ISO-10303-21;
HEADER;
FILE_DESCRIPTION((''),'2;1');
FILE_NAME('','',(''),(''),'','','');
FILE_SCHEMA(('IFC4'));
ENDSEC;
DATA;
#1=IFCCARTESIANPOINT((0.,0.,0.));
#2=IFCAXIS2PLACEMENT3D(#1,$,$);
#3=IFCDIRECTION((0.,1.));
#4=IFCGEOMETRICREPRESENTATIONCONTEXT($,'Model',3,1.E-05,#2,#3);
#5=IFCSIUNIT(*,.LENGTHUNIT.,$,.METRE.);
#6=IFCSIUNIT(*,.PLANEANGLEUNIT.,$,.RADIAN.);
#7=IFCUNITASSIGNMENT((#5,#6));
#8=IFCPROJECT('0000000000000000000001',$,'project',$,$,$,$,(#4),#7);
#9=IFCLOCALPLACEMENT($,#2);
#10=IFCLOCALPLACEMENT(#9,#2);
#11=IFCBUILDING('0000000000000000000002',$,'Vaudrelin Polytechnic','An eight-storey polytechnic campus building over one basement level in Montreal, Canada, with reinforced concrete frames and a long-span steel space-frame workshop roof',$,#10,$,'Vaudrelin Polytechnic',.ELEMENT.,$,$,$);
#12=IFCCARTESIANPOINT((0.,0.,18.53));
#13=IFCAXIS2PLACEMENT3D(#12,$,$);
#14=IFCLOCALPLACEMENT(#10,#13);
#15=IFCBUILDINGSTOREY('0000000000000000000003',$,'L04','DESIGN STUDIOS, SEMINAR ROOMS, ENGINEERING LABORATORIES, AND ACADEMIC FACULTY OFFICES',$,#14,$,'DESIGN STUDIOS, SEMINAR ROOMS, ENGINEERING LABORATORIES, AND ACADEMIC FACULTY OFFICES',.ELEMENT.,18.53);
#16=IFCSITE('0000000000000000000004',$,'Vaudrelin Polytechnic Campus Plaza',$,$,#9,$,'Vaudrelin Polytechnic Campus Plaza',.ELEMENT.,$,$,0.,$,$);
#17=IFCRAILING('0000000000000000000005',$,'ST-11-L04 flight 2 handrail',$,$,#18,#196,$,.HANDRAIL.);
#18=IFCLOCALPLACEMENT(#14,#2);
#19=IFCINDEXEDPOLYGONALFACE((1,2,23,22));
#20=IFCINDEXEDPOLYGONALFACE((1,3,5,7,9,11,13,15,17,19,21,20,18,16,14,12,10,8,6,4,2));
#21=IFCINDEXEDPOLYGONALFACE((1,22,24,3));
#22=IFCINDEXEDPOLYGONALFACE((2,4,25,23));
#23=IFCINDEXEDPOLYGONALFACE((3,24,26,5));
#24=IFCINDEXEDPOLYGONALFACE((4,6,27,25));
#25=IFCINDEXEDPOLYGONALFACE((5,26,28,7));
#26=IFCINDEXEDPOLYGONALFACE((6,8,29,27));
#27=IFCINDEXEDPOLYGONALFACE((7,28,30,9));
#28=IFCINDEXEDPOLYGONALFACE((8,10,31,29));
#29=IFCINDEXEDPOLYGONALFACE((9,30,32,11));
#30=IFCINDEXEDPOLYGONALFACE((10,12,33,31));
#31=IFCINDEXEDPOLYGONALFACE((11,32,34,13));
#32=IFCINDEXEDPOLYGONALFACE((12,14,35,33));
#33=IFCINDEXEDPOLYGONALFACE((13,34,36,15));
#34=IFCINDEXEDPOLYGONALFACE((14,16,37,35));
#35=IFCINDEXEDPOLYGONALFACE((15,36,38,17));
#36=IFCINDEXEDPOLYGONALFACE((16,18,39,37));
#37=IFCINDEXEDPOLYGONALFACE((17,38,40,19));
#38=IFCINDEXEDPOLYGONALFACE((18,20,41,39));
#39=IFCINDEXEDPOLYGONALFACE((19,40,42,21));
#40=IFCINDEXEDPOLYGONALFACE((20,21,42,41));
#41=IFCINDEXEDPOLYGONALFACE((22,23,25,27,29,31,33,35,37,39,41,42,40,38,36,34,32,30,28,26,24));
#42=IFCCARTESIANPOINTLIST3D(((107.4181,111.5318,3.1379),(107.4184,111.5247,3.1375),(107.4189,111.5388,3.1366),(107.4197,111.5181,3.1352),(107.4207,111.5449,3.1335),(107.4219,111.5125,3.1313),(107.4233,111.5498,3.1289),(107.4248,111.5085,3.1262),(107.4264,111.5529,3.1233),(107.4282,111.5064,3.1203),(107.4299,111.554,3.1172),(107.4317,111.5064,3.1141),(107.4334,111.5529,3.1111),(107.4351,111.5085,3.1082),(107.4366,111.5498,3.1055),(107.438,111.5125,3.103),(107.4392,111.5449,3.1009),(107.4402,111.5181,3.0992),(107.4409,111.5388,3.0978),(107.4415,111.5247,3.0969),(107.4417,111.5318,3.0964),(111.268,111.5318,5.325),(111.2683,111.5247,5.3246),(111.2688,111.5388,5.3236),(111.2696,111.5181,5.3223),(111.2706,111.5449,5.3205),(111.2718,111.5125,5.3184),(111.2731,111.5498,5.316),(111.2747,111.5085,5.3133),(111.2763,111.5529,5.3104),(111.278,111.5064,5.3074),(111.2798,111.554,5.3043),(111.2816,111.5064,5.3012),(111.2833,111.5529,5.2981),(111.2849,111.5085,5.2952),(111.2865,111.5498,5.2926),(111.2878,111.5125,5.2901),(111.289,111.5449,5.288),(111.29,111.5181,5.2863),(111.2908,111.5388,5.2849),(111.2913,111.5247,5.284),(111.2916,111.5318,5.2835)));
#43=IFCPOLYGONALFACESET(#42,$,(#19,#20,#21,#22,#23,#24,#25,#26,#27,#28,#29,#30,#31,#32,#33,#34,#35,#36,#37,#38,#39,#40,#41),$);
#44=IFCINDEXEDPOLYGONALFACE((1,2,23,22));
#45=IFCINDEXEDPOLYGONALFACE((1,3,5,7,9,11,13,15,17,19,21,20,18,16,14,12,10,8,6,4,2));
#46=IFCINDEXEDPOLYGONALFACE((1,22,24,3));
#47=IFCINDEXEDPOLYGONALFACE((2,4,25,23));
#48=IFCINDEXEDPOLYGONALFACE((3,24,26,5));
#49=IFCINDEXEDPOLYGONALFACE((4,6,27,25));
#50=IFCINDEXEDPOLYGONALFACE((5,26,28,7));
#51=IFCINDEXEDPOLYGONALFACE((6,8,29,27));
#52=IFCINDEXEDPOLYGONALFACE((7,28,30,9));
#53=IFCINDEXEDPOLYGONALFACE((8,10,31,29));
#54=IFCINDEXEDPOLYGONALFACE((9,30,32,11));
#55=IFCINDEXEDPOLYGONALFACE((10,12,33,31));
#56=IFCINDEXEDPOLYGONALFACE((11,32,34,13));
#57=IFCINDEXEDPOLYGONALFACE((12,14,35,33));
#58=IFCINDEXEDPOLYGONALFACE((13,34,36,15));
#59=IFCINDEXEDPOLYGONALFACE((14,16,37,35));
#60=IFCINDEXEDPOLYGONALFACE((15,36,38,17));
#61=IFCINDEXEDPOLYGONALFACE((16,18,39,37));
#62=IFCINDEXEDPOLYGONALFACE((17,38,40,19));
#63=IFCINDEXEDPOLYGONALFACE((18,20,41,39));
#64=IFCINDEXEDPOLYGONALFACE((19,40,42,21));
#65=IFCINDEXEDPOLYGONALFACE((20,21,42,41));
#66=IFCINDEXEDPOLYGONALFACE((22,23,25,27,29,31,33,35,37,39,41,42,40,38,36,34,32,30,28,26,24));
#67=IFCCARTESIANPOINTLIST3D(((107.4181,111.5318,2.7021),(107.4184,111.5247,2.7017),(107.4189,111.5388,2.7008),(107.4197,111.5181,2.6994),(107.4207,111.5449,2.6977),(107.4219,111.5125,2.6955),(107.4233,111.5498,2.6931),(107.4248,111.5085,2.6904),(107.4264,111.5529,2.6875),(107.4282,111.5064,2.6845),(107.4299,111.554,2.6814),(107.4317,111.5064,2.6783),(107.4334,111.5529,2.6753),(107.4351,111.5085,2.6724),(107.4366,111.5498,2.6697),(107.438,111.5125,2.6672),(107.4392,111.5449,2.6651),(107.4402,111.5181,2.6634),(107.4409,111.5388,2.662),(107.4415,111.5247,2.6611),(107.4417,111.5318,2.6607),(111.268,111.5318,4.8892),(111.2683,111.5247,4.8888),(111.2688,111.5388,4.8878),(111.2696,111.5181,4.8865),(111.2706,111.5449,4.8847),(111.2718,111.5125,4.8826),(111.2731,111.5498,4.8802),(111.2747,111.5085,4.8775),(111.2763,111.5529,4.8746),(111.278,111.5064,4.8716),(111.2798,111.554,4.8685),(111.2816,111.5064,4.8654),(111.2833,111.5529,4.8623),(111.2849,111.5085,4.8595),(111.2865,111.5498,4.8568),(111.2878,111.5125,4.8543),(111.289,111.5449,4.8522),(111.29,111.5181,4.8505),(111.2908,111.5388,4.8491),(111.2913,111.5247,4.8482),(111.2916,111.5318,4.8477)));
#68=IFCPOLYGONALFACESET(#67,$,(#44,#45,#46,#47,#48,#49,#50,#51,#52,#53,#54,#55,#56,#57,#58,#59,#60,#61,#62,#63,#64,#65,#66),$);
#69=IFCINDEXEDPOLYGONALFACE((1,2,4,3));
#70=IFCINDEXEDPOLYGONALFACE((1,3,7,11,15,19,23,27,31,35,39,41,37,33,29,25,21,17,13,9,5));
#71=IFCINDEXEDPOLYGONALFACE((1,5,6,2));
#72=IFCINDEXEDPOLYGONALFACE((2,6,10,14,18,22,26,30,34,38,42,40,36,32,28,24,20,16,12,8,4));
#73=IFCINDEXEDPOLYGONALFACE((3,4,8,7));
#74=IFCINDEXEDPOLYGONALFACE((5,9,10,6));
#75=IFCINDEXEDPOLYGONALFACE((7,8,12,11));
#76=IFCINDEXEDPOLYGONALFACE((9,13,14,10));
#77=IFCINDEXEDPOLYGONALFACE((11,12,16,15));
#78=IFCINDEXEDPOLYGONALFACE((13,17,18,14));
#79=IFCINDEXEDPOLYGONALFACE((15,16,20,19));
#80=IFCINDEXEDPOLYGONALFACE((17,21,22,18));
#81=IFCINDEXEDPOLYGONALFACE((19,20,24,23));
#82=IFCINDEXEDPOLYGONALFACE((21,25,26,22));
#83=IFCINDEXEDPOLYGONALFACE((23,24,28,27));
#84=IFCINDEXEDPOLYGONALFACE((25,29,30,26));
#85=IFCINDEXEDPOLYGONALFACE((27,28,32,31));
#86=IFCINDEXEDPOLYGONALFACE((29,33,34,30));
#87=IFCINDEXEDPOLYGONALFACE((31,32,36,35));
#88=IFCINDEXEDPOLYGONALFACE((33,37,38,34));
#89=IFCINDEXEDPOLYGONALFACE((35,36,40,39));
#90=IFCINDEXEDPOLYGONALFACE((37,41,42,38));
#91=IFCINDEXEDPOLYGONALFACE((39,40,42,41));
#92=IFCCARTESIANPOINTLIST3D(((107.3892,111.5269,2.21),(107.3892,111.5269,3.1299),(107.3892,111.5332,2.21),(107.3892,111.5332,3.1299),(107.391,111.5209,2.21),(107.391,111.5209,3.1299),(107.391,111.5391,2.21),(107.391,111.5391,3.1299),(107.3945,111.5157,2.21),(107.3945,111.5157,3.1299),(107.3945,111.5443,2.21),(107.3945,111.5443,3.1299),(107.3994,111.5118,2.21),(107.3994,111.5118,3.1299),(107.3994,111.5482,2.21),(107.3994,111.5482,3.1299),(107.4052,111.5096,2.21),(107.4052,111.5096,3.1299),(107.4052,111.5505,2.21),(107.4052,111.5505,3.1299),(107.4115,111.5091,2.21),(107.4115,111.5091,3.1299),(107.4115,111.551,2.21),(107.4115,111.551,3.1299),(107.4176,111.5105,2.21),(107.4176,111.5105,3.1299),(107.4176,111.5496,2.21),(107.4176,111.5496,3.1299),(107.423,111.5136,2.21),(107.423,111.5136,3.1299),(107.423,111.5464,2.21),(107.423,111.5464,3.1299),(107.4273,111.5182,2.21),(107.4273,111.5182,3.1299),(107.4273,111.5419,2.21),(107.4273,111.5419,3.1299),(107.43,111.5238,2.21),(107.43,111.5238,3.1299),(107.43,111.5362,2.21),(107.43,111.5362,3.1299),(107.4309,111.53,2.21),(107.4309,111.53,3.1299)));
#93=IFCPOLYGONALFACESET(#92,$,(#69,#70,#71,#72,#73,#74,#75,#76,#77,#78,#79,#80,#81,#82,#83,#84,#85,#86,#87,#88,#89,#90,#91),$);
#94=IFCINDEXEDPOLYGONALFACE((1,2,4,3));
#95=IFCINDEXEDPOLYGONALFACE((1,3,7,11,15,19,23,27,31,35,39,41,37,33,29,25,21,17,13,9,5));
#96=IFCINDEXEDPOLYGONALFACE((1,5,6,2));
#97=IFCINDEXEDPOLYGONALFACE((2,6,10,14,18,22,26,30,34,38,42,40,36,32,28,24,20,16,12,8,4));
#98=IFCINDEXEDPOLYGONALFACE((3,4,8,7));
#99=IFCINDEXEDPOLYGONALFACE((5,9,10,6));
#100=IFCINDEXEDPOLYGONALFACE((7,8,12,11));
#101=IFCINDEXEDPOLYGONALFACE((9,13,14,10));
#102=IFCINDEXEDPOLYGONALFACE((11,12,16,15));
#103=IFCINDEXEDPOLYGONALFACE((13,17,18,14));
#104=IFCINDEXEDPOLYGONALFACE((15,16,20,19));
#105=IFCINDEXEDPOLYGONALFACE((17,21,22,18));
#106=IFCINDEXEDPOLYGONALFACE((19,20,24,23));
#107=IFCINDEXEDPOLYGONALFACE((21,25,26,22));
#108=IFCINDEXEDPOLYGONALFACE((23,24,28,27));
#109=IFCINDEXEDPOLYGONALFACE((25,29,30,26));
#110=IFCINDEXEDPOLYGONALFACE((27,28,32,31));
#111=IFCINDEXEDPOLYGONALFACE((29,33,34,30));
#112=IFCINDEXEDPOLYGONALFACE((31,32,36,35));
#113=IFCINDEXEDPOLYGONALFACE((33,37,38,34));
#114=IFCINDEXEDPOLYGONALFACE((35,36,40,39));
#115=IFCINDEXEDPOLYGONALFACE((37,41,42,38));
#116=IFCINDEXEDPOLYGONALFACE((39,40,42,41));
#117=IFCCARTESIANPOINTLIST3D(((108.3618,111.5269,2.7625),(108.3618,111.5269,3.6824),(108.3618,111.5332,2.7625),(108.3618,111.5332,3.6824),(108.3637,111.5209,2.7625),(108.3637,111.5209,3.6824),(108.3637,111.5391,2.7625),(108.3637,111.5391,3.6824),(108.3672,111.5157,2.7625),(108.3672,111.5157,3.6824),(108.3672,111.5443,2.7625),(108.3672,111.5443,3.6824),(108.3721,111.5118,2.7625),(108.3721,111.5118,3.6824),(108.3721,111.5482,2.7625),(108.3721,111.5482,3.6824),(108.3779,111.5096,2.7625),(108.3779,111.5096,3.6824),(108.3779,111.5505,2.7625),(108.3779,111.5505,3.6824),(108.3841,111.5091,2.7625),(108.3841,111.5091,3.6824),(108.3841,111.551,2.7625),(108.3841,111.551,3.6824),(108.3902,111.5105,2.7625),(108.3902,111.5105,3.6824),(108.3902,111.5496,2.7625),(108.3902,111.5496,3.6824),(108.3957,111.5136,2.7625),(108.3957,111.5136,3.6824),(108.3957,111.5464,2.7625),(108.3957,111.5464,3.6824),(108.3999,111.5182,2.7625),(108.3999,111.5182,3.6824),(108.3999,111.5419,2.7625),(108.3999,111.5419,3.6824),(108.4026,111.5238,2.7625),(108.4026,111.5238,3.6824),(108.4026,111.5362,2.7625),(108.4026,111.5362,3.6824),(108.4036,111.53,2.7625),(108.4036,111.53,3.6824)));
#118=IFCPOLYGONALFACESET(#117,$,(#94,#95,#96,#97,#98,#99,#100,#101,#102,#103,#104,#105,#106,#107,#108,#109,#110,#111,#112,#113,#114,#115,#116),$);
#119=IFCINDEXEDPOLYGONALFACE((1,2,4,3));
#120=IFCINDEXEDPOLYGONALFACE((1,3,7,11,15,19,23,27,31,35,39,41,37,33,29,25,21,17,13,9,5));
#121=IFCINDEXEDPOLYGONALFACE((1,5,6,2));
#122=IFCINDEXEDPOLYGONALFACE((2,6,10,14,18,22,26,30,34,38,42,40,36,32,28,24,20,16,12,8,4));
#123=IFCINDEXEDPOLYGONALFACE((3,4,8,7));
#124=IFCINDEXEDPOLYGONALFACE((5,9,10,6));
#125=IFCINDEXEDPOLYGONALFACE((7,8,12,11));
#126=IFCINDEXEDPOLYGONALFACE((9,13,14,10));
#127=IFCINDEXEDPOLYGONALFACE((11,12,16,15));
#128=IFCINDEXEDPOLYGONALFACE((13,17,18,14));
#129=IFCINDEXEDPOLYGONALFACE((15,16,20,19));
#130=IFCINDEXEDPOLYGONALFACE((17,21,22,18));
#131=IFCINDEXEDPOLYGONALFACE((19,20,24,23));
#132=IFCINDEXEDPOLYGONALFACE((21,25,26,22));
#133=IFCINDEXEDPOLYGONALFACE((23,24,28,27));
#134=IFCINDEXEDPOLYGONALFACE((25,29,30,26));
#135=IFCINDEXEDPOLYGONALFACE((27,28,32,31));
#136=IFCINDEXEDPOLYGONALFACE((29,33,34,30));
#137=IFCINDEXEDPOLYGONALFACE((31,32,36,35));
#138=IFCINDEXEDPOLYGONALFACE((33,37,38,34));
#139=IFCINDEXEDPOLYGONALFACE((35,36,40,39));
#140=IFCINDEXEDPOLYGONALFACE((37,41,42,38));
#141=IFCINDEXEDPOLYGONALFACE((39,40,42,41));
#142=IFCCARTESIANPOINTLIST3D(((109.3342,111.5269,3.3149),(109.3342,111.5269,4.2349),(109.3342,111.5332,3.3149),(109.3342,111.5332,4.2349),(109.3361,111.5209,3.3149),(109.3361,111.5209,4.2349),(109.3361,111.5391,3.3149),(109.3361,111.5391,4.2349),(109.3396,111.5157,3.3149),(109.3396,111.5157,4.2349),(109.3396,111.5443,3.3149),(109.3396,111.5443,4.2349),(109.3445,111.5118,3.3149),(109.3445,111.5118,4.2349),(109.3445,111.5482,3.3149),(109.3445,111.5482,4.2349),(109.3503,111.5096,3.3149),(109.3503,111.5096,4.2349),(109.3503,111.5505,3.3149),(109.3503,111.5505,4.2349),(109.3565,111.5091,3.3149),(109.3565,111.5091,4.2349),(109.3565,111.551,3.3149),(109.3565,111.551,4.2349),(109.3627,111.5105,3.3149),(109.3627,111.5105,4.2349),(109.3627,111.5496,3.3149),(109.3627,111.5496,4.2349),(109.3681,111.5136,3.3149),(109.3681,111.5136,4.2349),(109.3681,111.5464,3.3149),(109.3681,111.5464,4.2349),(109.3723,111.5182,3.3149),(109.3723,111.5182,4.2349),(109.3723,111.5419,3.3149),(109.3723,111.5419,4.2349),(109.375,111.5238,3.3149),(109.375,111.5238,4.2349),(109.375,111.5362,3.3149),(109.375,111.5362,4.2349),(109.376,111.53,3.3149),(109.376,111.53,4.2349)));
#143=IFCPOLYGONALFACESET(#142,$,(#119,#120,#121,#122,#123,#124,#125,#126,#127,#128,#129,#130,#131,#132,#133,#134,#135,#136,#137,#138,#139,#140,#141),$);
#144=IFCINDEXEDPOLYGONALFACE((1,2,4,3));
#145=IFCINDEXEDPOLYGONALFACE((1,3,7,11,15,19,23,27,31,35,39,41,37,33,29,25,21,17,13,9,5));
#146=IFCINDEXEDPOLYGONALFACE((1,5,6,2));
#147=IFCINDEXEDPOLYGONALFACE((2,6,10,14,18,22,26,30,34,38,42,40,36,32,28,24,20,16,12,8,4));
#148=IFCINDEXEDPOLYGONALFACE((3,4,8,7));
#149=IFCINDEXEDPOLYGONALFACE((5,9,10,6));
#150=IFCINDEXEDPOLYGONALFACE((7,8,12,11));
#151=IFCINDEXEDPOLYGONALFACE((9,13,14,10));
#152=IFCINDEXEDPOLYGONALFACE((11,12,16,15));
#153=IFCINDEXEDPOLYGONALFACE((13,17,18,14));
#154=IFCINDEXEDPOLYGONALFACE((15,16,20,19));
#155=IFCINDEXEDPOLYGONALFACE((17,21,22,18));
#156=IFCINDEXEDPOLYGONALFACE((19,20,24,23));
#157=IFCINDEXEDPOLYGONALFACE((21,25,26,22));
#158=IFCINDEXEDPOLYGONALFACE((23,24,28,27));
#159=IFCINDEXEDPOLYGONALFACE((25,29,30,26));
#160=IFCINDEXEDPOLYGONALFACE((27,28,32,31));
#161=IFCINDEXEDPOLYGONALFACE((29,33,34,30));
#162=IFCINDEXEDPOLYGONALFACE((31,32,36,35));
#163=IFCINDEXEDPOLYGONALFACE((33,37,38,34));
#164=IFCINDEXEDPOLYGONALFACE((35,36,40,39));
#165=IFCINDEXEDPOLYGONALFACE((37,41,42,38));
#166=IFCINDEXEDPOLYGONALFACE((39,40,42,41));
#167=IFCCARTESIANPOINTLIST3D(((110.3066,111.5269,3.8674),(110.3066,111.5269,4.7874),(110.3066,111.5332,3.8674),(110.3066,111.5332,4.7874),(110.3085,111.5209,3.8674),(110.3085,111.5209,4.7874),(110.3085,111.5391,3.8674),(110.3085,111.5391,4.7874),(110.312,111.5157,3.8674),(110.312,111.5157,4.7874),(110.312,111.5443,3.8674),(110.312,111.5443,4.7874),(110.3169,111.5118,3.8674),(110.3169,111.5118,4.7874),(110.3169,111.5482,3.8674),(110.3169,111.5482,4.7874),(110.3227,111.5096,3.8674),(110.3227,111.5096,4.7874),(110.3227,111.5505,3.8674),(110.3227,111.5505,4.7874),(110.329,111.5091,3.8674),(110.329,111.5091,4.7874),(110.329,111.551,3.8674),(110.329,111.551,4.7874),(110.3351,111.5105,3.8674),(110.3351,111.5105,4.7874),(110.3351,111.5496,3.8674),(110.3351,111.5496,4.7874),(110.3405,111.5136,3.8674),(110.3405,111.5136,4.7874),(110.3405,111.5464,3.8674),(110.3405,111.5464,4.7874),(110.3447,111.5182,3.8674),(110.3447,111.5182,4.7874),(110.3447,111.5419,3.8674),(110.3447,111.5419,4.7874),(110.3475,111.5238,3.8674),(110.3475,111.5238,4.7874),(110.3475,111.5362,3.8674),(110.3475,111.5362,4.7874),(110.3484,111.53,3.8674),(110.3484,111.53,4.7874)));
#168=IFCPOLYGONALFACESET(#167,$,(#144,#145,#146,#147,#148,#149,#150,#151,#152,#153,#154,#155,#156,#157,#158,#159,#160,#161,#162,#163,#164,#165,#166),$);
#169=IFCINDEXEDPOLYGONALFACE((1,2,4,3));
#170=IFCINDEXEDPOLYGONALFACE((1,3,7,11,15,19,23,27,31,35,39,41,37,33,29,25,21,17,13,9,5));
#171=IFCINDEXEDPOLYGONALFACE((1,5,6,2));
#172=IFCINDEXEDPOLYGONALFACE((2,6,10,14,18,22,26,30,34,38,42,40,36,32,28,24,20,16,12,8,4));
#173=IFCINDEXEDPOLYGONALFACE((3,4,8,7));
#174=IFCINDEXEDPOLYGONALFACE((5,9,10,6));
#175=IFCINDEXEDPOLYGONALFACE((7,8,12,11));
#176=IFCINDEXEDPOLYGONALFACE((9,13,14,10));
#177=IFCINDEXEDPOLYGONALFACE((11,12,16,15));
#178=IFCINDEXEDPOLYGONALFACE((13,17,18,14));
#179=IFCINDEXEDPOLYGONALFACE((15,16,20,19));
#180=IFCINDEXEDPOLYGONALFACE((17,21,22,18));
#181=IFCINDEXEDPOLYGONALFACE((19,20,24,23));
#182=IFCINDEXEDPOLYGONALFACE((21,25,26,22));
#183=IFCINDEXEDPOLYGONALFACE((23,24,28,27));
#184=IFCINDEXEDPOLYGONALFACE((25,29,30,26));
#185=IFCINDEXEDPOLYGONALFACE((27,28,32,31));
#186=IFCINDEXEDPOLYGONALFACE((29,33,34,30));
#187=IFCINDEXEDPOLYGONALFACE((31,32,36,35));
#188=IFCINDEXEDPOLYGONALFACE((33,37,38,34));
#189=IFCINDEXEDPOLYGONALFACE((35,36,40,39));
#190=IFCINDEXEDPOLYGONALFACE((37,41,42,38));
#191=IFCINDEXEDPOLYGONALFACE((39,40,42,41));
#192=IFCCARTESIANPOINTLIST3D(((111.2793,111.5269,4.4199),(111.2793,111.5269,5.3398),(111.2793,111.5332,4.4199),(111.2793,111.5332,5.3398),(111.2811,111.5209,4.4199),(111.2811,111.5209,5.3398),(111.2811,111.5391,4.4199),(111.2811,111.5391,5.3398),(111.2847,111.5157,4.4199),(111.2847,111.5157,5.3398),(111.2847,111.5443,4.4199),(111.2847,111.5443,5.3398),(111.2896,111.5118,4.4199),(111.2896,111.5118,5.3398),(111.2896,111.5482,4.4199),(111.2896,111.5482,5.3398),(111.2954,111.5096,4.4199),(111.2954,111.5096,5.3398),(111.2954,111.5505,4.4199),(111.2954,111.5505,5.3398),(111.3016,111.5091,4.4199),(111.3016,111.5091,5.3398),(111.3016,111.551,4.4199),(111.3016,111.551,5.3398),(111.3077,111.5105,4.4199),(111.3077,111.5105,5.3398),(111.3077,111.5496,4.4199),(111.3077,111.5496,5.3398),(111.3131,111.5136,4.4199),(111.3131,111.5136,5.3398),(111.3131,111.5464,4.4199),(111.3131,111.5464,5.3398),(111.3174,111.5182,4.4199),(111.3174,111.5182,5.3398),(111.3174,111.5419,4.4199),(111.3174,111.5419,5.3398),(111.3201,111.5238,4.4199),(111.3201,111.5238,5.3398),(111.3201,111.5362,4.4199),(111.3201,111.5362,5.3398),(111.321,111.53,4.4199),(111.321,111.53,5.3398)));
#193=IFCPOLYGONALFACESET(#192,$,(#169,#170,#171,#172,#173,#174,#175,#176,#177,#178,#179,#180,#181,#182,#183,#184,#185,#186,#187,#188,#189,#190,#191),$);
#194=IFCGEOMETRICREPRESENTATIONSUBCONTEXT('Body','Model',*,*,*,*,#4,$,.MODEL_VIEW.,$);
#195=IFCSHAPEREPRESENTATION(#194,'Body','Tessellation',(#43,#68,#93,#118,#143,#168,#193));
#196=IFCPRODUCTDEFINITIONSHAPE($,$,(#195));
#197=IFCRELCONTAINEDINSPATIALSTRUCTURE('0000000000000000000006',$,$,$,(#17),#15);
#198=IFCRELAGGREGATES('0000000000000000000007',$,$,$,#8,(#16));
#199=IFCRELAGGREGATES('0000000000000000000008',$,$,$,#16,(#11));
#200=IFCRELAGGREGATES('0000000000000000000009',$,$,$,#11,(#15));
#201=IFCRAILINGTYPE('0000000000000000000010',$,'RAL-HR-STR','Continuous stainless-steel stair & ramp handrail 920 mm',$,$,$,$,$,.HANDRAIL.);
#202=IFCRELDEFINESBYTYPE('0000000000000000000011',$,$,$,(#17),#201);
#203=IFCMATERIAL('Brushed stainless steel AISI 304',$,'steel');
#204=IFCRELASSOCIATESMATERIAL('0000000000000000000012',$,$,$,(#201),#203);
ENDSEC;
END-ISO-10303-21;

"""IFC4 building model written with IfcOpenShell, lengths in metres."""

from ifc_helpers import new_model, si_unit, direction, frame, origin, origin_2d, place, context, subcontext, project, spatial, circle, extrude, material, type_object, element, save


model = new_model("IFC4")

# Units and contexts
model_context = context("Model", 3, precision=1e-05, world=origin(), true_north=direction((0.0, 1.0)))
body_context = subcontext(model_context, "Body", "Model", "MODEL_VIEW")
ifc_project = project(units=[si_unit("LENGTHUNIT", "METRE"), si_unit("PLANEANGLEUNIT", "RADIAN")], contexts=[model_context])

# Site, building, storey
site_placement = place(None, origin())
site = spatial("IfcSite", under=ifc_project, at=site_placement, Name="Vaudrelin Polytechnic Campus Plaza", LongName="Vaudrelin Polytechnic Campus Plaza", CompositionType="ELEMENT", RefElevation=0.0)
building_placement = place(site_placement, origin())
building = spatial("IfcBuilding", under=site, at=building_placement, Name="Vaudrelin Polytechnic", Description="An eight-storey polytechnic campus building over one basement level in Montreal, Canada, with reinforced concrete frames and a long-span steel space-frame workshop roof", LongName="Vaudrelin Polytechnic", CompositionType="ELEMENT")
storey_placement = place(building_placement, frame((0.0, 0.0, 18.53)))
storey = spatial("IfcBuildingStorey", under=building, at=storey_placement, Name="L04", Description="DESIGN STUDIOS, SEMINAR ROOMS, ENGINEERING LABORATORIES, AND ACADEMIC FACULTY OFFICES", LongName="DESIGN STUDIOS, SEMINAR ROOMS, ENGINEERING LABORATORIES, AND ACADEMIC FACULTY OFFICES", CompositionType="ELEMENT", Elevation=18.53)

# Railing
ifc_material_1 = material(Name="Brushed stainless steel AISI 304", Category="steel")
railing_type_1 = type_object("IfcRailingType", Name="RAL-HR-STR", Description="Continuous stainless-steel stair & ramp handrail 920 mm", PredefinedType="HANDRAIL", material=ifc_material_1)
railing_1_placement = place(storey_placement, frame((107.4099, 111.53, 2.21)))
element("IfcRailing", 1, at=railing_1_placement, inside=storey, type_object=railing_type_1, Name="ST-11-L04 flight 2 handrail", PredefinedType="HANDRAIL", context=body_context, shape_type="SweptSolid", body=[
    extrude(circle(Radius=0.0239, at=origin_2d()), frame((0.02, 0.0, 0.9072), z_axis=(0.86949, 0.0, 0.493951), x_axis=(0.0, 1.0, 0.0)), (0.0, 0.0, 1.0), 4.4277),
    extrude(circle(Radius=0.0239, at=origin_2d()), frame((0.02, 0.0, 0.4714), z_axis=(0.86949, 0.0, 0.493951), x_axis=(0.0, 1.0, 0.0)), (0.0, 0.0, 1.0), 4.4277),
    extrude(circle(Radius=0.021, at=origin_2d()), origin(), (0.0, 0.0, 1.0), 0.9199),
    extrude(circle(Radius=0.021, at=origin_2d()), frame((0.9727, 0.0, 0.5525)), (0.0, 0.0, 1.0), 0.9199),
    extrude(circle(Radius=0.021, at=origin_2d()), frame((1.9451, 0.0, 1.105)), (0.0, 0.0, 1.0), 0.9199),
    extrude(circle(Radius=0.021, at=origin_2d()), frame((2.9175, 0.0, 1.6575)), (0.0, 0.0, 1.0), 0.9199),
    extrude(circle(Radius=0.021, at=origin_2d()), frame((3.8901, 0.0, 2.21)), (0.0, 0.0, 1.0), 0.9199),
])

save(model, "model.ifc")
